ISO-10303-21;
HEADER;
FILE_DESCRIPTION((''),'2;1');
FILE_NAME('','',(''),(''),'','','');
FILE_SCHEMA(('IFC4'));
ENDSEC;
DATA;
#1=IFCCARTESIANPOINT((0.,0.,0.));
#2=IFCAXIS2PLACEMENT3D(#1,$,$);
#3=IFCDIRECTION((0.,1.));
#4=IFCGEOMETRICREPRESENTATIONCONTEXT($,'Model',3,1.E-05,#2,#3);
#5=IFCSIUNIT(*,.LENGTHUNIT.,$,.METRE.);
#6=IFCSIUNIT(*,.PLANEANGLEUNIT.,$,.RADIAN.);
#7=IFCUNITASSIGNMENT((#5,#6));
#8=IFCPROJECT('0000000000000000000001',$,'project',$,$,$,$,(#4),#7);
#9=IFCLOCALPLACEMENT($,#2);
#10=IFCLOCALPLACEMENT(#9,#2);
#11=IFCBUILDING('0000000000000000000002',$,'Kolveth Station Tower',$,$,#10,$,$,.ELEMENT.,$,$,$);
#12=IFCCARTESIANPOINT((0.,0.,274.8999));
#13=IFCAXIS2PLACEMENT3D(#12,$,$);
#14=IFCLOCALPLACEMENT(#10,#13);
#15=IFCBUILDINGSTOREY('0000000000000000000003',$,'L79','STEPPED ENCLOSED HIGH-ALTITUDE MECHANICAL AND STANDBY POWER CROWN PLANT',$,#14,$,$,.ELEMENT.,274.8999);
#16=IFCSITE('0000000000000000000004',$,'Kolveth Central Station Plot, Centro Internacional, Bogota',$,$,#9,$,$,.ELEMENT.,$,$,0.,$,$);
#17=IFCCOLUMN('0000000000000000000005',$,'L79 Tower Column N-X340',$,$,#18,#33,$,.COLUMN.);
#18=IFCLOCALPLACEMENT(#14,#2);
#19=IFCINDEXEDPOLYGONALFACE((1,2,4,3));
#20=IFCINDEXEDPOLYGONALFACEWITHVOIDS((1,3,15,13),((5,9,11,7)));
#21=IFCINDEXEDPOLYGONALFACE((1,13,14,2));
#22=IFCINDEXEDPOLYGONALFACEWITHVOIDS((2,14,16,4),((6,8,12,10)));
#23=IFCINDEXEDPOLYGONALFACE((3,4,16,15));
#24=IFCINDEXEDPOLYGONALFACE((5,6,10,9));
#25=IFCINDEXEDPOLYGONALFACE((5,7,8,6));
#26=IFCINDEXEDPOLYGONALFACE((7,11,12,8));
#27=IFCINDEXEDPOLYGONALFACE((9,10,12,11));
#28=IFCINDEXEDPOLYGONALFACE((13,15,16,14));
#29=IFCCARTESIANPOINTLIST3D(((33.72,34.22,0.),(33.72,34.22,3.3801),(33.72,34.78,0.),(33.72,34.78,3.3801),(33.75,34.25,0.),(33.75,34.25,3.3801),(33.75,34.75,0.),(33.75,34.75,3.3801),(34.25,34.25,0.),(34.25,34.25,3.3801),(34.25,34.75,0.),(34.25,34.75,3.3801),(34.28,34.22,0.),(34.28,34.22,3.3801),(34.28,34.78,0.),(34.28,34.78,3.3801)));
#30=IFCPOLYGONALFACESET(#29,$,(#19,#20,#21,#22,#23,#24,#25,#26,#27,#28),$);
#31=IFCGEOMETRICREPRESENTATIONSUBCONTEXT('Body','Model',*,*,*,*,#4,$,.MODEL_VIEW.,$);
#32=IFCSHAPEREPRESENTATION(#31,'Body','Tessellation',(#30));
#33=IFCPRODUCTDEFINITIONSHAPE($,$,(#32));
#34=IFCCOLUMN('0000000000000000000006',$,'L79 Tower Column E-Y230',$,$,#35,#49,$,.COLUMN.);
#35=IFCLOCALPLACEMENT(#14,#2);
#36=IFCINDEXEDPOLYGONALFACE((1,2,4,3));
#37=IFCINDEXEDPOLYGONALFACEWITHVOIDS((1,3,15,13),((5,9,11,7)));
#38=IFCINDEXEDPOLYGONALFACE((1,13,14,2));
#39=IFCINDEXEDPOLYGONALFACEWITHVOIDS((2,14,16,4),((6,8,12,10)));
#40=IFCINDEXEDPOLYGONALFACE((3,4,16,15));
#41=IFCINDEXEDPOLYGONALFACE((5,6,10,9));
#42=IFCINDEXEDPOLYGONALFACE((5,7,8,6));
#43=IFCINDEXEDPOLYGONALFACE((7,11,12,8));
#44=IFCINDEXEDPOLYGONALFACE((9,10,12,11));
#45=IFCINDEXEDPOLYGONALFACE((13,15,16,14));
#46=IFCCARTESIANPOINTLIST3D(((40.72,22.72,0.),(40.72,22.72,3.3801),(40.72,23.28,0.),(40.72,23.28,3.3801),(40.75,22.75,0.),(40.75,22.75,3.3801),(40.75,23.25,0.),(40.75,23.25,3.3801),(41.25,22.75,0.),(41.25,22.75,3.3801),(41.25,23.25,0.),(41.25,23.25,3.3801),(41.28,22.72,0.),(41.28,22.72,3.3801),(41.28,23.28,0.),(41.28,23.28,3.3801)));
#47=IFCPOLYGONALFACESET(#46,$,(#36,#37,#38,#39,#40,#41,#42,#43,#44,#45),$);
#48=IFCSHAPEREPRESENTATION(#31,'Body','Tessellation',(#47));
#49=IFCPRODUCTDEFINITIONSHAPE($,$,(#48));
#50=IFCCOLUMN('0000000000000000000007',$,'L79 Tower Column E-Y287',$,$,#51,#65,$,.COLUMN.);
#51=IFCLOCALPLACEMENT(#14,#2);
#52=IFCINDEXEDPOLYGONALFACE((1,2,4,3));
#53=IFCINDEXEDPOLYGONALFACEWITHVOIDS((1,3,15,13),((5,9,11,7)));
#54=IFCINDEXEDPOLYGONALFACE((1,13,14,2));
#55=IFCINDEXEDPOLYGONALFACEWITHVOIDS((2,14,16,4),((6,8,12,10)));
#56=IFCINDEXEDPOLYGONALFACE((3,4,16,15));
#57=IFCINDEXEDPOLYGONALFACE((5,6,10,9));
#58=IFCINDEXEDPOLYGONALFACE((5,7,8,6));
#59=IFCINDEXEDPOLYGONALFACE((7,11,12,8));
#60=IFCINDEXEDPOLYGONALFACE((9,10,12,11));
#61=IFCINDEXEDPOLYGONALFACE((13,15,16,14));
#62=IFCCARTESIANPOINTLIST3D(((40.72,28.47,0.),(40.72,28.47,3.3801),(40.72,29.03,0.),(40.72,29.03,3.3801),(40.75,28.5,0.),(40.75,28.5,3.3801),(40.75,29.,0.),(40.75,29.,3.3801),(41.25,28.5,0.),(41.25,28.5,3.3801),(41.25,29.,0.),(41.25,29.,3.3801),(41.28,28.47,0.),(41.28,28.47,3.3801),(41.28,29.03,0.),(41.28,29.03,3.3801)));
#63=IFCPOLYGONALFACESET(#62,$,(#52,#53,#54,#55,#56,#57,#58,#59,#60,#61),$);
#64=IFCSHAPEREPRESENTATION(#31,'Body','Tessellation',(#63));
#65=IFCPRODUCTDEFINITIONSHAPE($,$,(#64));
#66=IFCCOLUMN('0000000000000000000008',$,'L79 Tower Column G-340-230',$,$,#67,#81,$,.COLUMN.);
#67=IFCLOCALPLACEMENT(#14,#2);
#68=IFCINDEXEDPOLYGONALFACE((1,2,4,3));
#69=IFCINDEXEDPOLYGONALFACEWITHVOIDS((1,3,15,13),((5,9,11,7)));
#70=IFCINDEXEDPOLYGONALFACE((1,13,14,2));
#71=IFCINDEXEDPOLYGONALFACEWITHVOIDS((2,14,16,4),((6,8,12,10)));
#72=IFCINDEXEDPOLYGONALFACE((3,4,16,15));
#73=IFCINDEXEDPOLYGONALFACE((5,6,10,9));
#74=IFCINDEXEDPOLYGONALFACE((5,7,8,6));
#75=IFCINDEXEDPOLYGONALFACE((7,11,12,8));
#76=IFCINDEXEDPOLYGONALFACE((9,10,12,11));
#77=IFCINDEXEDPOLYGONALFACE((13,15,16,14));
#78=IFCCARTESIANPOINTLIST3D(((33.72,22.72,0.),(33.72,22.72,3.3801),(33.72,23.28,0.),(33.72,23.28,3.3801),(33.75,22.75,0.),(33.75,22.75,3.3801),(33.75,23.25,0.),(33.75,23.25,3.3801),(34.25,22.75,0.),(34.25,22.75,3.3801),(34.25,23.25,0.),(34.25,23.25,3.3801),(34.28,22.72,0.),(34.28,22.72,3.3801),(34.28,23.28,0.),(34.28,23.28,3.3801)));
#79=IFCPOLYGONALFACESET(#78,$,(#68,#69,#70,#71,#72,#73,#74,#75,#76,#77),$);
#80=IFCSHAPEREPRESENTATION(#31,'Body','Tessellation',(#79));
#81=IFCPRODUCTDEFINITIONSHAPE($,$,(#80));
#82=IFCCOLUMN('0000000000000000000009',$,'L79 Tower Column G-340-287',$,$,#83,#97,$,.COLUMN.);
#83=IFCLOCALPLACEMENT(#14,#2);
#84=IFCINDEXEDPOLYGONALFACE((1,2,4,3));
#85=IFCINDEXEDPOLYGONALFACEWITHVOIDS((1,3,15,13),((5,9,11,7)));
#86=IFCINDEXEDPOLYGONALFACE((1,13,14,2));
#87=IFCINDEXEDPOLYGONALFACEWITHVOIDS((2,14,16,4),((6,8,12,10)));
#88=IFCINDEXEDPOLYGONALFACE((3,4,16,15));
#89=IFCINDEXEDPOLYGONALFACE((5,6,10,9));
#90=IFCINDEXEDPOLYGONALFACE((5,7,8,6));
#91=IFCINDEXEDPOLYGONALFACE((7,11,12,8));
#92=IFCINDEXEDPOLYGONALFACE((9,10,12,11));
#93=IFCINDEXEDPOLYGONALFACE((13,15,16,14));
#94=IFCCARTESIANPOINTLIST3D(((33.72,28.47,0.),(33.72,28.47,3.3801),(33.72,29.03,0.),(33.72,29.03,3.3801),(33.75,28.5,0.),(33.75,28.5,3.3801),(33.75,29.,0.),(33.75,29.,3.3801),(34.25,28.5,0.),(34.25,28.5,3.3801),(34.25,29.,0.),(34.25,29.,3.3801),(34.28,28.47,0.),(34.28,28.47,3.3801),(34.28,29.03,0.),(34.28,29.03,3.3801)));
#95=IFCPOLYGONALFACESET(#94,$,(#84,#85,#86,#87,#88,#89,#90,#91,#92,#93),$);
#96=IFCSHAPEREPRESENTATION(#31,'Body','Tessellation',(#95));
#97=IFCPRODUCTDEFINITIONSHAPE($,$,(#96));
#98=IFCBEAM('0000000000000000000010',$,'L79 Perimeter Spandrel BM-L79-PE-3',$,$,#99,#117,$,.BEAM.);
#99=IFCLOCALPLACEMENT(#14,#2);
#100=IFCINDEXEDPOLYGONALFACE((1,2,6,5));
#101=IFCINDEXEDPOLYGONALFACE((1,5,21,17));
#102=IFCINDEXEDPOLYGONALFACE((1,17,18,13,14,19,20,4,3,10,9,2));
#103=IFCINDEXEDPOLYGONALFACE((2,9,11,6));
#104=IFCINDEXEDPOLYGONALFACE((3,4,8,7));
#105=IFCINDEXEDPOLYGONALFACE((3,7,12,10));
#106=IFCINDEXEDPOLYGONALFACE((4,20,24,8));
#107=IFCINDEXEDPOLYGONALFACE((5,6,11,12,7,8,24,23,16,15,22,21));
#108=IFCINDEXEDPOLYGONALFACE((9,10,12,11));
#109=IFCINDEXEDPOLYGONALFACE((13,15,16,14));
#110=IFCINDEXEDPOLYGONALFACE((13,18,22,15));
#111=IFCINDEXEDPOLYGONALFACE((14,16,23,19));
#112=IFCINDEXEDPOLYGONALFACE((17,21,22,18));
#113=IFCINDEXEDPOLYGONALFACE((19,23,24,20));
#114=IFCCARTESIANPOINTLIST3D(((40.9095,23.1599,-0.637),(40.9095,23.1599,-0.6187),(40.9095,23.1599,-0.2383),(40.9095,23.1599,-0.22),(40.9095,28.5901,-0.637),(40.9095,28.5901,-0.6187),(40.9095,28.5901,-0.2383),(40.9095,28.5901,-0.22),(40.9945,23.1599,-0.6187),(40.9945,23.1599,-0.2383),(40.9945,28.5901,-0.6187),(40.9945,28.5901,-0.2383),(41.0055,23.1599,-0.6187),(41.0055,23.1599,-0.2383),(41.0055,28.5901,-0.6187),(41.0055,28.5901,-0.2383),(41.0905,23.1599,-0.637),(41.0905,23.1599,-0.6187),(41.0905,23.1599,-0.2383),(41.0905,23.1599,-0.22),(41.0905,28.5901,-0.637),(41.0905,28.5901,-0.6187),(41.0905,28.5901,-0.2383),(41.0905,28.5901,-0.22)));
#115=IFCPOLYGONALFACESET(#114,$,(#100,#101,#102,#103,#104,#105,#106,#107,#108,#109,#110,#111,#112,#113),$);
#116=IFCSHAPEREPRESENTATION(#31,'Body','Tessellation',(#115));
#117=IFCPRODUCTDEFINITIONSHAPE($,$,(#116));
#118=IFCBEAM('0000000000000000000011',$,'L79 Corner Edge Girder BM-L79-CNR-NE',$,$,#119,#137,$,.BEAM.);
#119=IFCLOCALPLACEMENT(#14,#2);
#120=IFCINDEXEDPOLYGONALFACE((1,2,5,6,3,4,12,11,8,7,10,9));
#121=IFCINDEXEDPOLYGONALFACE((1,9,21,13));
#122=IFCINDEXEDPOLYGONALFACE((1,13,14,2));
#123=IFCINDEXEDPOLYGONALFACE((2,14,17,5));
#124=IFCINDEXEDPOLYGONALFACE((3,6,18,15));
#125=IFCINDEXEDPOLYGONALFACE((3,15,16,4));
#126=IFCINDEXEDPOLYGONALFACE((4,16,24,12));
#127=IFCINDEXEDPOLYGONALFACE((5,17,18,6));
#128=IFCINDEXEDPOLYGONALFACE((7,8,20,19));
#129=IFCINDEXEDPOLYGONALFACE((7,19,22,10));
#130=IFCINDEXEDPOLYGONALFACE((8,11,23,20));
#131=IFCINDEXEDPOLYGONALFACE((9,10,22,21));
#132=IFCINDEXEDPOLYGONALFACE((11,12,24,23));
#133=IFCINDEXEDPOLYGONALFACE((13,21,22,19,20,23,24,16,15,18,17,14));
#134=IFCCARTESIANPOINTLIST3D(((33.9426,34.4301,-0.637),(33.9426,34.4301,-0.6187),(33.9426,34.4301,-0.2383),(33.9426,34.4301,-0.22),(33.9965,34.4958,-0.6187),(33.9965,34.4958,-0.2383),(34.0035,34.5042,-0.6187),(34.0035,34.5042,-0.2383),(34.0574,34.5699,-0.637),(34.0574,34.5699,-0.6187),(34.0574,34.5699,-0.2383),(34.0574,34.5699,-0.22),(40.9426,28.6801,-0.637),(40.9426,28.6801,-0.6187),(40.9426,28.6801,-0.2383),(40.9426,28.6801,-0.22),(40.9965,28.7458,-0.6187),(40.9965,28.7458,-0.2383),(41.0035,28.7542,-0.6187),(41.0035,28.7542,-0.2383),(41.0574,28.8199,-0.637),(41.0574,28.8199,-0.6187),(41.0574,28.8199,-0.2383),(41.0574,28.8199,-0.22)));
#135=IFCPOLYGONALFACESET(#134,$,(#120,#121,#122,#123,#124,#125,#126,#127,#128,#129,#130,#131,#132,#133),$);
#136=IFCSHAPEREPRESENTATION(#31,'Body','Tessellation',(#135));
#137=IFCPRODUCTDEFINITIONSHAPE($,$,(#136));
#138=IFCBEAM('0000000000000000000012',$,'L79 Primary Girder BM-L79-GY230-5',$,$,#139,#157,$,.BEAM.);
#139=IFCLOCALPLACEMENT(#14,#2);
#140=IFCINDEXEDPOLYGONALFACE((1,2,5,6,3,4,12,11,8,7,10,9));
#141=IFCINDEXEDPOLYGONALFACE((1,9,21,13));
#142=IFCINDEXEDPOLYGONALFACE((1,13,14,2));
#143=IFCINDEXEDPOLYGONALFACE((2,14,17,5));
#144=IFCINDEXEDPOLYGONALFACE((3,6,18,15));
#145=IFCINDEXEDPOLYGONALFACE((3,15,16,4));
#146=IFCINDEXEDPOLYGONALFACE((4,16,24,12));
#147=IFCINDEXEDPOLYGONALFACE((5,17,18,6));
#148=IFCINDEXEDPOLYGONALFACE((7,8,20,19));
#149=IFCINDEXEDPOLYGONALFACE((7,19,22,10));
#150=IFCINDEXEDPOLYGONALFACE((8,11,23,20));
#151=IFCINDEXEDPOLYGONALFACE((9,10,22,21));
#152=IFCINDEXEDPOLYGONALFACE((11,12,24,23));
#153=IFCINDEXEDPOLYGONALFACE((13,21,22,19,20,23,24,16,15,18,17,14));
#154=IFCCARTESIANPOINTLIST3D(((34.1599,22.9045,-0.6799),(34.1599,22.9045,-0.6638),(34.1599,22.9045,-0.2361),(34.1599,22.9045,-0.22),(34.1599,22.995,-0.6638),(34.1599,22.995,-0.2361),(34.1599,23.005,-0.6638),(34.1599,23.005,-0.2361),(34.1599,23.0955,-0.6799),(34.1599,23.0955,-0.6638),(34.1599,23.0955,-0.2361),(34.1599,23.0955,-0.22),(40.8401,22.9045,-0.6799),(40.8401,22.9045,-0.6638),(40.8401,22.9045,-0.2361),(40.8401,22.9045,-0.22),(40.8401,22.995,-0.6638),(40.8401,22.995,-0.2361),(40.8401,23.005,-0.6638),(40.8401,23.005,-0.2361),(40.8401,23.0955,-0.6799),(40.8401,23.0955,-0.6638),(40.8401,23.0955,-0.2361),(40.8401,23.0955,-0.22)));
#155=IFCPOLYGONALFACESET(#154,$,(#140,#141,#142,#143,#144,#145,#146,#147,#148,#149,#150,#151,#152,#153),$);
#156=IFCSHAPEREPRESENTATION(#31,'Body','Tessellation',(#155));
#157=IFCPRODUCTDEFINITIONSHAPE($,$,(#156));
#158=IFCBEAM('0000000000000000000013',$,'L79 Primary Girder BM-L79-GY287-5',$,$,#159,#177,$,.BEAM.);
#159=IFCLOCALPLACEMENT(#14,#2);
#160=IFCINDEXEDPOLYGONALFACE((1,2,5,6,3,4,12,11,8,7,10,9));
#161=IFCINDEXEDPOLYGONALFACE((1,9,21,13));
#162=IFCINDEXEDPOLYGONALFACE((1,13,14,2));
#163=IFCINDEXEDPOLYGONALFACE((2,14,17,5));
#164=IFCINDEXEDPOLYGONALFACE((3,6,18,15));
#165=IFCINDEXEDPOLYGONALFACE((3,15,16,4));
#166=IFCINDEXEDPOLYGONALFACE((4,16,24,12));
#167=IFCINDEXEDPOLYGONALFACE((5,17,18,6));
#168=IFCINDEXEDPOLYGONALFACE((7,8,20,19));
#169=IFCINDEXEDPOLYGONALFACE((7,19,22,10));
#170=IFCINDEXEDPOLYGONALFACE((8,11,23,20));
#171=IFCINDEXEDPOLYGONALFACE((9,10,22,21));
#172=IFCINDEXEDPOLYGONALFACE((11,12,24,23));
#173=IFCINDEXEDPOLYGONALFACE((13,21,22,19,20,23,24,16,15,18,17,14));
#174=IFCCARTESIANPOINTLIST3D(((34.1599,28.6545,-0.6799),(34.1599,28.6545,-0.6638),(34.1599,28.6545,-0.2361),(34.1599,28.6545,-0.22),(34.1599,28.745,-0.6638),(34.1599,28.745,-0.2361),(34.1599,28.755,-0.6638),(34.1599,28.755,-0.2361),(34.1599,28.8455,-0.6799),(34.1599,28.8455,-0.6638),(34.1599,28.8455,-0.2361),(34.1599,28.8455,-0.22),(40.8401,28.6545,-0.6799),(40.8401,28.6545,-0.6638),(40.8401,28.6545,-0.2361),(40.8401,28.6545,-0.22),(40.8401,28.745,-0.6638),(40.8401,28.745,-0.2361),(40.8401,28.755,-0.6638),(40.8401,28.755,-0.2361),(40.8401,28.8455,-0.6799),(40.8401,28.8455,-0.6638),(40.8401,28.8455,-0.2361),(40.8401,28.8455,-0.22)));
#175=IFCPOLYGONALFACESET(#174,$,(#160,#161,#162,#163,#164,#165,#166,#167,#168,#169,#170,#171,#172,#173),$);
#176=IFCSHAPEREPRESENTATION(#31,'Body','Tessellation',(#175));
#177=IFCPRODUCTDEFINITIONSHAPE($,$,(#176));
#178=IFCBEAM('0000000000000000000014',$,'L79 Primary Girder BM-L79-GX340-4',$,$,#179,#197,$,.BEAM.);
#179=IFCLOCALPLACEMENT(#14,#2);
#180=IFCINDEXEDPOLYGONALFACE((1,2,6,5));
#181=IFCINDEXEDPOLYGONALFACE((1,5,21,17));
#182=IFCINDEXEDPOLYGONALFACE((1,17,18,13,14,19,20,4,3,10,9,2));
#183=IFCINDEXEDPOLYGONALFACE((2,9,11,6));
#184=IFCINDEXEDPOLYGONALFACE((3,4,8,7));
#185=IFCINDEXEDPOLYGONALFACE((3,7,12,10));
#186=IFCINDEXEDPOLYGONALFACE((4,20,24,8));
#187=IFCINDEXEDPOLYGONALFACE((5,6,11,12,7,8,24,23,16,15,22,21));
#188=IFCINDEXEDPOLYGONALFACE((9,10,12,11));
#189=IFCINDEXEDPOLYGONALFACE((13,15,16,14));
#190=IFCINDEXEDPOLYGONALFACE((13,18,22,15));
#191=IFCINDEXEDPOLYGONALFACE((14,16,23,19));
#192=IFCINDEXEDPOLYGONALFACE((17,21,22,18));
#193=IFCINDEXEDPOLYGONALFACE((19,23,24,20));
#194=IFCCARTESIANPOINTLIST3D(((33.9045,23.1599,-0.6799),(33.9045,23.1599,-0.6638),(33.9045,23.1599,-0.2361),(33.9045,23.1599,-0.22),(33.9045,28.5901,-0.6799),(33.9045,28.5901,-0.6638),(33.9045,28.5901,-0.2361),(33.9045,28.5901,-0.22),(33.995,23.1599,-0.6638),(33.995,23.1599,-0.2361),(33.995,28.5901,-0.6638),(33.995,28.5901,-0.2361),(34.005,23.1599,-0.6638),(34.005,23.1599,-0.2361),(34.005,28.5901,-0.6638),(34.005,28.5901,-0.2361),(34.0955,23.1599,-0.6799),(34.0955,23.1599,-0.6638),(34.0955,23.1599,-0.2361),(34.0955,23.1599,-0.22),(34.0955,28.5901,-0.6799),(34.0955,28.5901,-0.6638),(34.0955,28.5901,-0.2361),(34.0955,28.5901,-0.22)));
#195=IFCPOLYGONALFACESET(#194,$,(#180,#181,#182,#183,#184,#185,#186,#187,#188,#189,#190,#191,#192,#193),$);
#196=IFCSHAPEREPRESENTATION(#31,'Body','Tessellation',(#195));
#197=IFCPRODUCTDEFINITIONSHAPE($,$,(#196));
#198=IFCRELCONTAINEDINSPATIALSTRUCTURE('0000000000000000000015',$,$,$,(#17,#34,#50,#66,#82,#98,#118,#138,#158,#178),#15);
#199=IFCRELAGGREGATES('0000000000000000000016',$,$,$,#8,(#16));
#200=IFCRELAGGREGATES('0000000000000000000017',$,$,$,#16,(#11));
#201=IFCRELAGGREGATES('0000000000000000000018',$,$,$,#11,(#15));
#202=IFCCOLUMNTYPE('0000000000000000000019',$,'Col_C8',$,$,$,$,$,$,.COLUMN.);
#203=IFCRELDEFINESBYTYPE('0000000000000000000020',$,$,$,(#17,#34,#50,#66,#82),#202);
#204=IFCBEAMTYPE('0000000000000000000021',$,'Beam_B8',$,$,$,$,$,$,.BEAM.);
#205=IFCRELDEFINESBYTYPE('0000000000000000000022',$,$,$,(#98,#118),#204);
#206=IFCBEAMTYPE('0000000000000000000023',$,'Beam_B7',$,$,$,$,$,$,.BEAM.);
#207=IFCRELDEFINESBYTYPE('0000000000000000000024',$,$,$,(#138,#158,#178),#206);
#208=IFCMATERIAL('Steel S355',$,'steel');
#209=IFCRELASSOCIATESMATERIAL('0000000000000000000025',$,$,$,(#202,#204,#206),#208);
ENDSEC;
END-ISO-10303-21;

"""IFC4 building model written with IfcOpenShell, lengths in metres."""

from ifc_helpers import new_model, si_unit, direction, frame, origin, origin_2d, place, context, subcontext, project, spatial, hollow_rectangle, i_section, extrude, source, transform, mapped, material, material_profile, profile_set, type_object, element, save


model = new_model("IFC4")

# Units and contexts
model_context = context("Model", 3, precision=1e-05, world=origin(), true_north=direction((0.0, 1.0)))
body_context = subcontext(model_context, "Body", "Model", "MODEL_VIEW")
ifc_project = project(units=[si_unit("LENGTHUNIT", "METRE"), si_unit("PLANEANGLEUNIT", "RADIAN")], contexts=[model_context])

# Site, building, storey
site_placement = place(None, origin())
site = spatial("IfcSite", under=ifc_project, at=site_placement, Name="Kolveth Central Station Plot, Centro Internacional, Bogota", CompositionType="ELEMENT", RefElevation=0.0)
building_placement = place(site_placement, origin())
building = spatial("IfcBuilding", under=site, at=building_placement, Name="Kolveth Station Tower", CompositionType="ELEMENT")
storey_placement = place(building_placement, frame((0.0, 0.0, 274.8999)))
storey = spatial("IfcBuildingStorey", under=building, at=storey_placement, Name="L79", Description="STEPPED ENCLOSED HIGH-ALTITUDE MECHANICAL AND STANDBY POWER CROWN PLANT", CompositionType="ELEMENT", Elevation=274.8999)

# Columns
ifc_material_1 = material(Name="Steel S355", Category="steel")
ifc_material_profile_1 = material_profile(ifc_material_1, hollow_rectangle(XDim=0.5601, YDim=0.5601, WallThickness=0.03, at=origin_2d()), Name="BOX560x560x30")
ifc_profile_set_1 = profile_set([ifc_material_profile_1], Name="Steel S355")
column_type = type_object("IfcColumnType", Name="Col_C8", PredefinedType="COLUMN", material=ifc_profile_set_1)
shared_shape_1 = source(origin(), body_context, "Body", "SweptSolid", [
    extrude(hollow_rectangle(XDim=0.5601, YDim=0.5601, WallThickness=0.03, at=origin_2d()), origin(), (0.0, 0.0, 1.0), 3.3801),
])
for number, where, z_axis, x_axis, name in (
    (1, (34.0, 34.5, 0.0), (0.0, 0.0, 1.0), (1.0, 0.0, 0.0), "L79 Tower Column N-X340"),
    (2, (41.0, 23.0, 0.0), (0.0, 0.0, 1.0), (1.0, 0.0, 0.0), "L79 Tower Column E-Y230"),
    (3, (41.0, 28.75, 0.0), (0.0, 0.0, 1.0), (1.0, 0.0, 0.0), "L79 Tower Column E-Y287"),
    (4, (34.0, 23.0, 0.0), (0.0, 0.0, 1.0), (1.0, 0.0, 0.0), "L79 Tower Column G-340-230"),
    (5, (34.0, 28.75, 0.0), (0.0, 0.0, 1.0), (1.0, 0.0, 0.0), "L79 Tower Column G-340-287"),
):
    element("IfcColumn", number, at=place(storey_placement, frame(where, z_axis=z_axis, x_axis=x_axis)), inside=storey, type_object=column_type, Name=name, PredefinedType="COLUMN", context=body_context, shape_type="MappedRepresentation", body=[
        mapped(shared_shape_1, transform((0.0, 0.0, 0.0), x_axis=(1.0, 0.0, 0.0), y_axis=(0.0, 1.0, 0.0), z_axis=(0.0, 0.0, 1.0), scale=1.0)),
    ])

# Beams
ifc_material_profile_2 = material_profile(ifc_material_1, i_section(OverallWidth=0.1809, OverallDepth=0.417, WebThickness=0.011, FlangeThickness=0.0183, at=origin_2d()), Name="W410x85")
ifc_profile_set_2 = profile_set([ifc_material_profile_2], Name="Steel S355")
beam_type_1 = type_object("IfcBeamType", Name="Beam_B8", PredefinedType="BEAM", material=ifc_profile_set_2)
shared_shape_2 = source(origin(), body_context, "Body", "SweptSolid", [
    extrude(i_section(OverallWidth=0.1809, OverallDepth=0.417, WebThickness=0.011, FlangeThickness=0.0183, at=origin_2d()), origin(), (0.0, 0.0, 1.0), 5.4302),
])
beam_1_placement = place(storey_placement, frame((41.0, 23.1599, -0.4285), z_axis=(0.0, 1.0, 0.0), x_axis=(-1.0, 0.0, 0.0)))
element("IfcBeam", 6, at=beam_1_placement, inside=storey, type_object=beam_type_1, Name="L79 Perimeter Spandrel BM-L79-PE-3", PredefinedType="BEAM", context=body_context, shape_type="MappedRepresentation", body=[
    mapped(shared_shape_2, transform((0.0, 0.0, 0.0), x_axis=(1.0, 0.0, 0.0), y_axis=(0.0, 1.0, 0.0), z_axis=(0.0, 0.0, 1.0), scale=1.0)),
])
shared_shape_3 = source(origin(), body_context, "Body", "SweptSolid", [
    extrude(i_section(OverallWidth=0.1809, OverallDepth=0.417, WebThickness=0.011, FlangeThickness=0.0183, at=origin_2d()), origin(), (0.0, 0.0, 1.0), 9.0588),
])
beam_2_placement = place(storey_placement, frame((41.0, 28.75, -0.4285), z_axis=(-0.772726, 0.634739, 0.0), x_axis=(-0.634739, -0.772726, 0.0)))
element("IfcBeam", 7, at=beam_2_placement, inside=storey, type_object=beam_type_1, Name="L79 Corner Edge Girder BM-L79-CNR-NE", PredefinedType="BEAM", context=body_context, shape_type="MappedRepresentation", body=[
    mapped(shared_shape_3, transform((0.0, 0.0, 0.0), x_axis=(1.0, 0.0, 0.0), y_axis=(0.0, 1.0, 0.0), z_axis=(0.0, 0.0, 1.0), scale=1.0)),
])
ifc_material_profile_3 = material_profile(ifc_material_1, i_section(OverallWidth=0.1909, OverallDepth=0.46, WebThickness=0.01, FlangeThickness=0.0161, at=origin_2d()), Name="W460x82")
ifc_profile_set_3 = profile_set([ifc_material_profile_3], Name="Steel S355")
beam_type_2 = type_object("IfcBeamType", Name="Beam_B7", PredefinedType="BEAM", material=ifc_profile_set_3)
shared_shape_4 = source(origin(), body_context, "Body", "SweptSolid", [
    extrude(i_section(OverallWidth=0.1909, OverallDepth=0.46, WebThickness=0.01, FlangeThickness=0.0161, at=origin_2d()), origin(), (0.0, 0.0, 1.0), 6.6802),
])
for number, where, z_axis, x_axis, name in (
    (8, (34.1599, 23.0, -0.45), (1.0, 0.0, 0.0), (0.0, 1.0, 0.0), "L79 Primary Girder BM-L79-GY230-5"),
    (9, (34.1599, 28.75, -0.45), (1.0, 0.0, 0.0), (0.0, 1.0, 0.0), "L79 Primary Girder BM-L79-GY287-5"),
):
    element("IfcBeam", number, at=place(storey_placement, frame(where, z_axis=z_axis, x_axis=x_axis)), inside=storey, type_object=beam_type_2, Name=name, PredefinedType="BEAM", context=body_context, shape_type="MappedRepresentation", body=[
        mapped(shared_shape_4, transform((0.0, 0.0, 0.0), x_axis=(1.0, 0.0, 0.0), y_axis=(0.0, 1.0, 0.0), z_axis=(0.0, 0.0, 1.0), scale=1.0)),
    ])
shared_shape_5 = source(origin(), body_context, "Body", "SweptSolid", [
    extrude(i_section(OverallWidth=0.1909, OverallDepth=0.46, WebThickness=0.01, FlangeThickness=0.0161, at=origin_2d()), origin(), (0.0, 0.0, 1.0), 5.4302),
])
for number, where, z_axis, x_axis, name in (
    (10, (34.0, 23.1599, -0.45), (0.0, 1.0, 0.0), (-1.0, 0.0, 0.0), "L79 Primary Girder BM-L79-GX340-4"),
):
    element("IfcBeam", number, at=place(storey_placement, frame(where, z_axis=z_axis, x_axis=x_axis)), inside=storey, type_object=beam_type_2, Name=name, PredefinedType="BEAM", context=body_context, shape_type="MappedRepresentation", body=[
        mapped(shared_shape_5, transform((0.0, 0.0, 0.0), x_axis=(1.0, 0.0, 0.0), y_axis=(0.0, 1.0, 0.0), z_axis=(0.0, 0.0, 1.0), scale=1.0)),
    ])

save(model, "model.ifc")
